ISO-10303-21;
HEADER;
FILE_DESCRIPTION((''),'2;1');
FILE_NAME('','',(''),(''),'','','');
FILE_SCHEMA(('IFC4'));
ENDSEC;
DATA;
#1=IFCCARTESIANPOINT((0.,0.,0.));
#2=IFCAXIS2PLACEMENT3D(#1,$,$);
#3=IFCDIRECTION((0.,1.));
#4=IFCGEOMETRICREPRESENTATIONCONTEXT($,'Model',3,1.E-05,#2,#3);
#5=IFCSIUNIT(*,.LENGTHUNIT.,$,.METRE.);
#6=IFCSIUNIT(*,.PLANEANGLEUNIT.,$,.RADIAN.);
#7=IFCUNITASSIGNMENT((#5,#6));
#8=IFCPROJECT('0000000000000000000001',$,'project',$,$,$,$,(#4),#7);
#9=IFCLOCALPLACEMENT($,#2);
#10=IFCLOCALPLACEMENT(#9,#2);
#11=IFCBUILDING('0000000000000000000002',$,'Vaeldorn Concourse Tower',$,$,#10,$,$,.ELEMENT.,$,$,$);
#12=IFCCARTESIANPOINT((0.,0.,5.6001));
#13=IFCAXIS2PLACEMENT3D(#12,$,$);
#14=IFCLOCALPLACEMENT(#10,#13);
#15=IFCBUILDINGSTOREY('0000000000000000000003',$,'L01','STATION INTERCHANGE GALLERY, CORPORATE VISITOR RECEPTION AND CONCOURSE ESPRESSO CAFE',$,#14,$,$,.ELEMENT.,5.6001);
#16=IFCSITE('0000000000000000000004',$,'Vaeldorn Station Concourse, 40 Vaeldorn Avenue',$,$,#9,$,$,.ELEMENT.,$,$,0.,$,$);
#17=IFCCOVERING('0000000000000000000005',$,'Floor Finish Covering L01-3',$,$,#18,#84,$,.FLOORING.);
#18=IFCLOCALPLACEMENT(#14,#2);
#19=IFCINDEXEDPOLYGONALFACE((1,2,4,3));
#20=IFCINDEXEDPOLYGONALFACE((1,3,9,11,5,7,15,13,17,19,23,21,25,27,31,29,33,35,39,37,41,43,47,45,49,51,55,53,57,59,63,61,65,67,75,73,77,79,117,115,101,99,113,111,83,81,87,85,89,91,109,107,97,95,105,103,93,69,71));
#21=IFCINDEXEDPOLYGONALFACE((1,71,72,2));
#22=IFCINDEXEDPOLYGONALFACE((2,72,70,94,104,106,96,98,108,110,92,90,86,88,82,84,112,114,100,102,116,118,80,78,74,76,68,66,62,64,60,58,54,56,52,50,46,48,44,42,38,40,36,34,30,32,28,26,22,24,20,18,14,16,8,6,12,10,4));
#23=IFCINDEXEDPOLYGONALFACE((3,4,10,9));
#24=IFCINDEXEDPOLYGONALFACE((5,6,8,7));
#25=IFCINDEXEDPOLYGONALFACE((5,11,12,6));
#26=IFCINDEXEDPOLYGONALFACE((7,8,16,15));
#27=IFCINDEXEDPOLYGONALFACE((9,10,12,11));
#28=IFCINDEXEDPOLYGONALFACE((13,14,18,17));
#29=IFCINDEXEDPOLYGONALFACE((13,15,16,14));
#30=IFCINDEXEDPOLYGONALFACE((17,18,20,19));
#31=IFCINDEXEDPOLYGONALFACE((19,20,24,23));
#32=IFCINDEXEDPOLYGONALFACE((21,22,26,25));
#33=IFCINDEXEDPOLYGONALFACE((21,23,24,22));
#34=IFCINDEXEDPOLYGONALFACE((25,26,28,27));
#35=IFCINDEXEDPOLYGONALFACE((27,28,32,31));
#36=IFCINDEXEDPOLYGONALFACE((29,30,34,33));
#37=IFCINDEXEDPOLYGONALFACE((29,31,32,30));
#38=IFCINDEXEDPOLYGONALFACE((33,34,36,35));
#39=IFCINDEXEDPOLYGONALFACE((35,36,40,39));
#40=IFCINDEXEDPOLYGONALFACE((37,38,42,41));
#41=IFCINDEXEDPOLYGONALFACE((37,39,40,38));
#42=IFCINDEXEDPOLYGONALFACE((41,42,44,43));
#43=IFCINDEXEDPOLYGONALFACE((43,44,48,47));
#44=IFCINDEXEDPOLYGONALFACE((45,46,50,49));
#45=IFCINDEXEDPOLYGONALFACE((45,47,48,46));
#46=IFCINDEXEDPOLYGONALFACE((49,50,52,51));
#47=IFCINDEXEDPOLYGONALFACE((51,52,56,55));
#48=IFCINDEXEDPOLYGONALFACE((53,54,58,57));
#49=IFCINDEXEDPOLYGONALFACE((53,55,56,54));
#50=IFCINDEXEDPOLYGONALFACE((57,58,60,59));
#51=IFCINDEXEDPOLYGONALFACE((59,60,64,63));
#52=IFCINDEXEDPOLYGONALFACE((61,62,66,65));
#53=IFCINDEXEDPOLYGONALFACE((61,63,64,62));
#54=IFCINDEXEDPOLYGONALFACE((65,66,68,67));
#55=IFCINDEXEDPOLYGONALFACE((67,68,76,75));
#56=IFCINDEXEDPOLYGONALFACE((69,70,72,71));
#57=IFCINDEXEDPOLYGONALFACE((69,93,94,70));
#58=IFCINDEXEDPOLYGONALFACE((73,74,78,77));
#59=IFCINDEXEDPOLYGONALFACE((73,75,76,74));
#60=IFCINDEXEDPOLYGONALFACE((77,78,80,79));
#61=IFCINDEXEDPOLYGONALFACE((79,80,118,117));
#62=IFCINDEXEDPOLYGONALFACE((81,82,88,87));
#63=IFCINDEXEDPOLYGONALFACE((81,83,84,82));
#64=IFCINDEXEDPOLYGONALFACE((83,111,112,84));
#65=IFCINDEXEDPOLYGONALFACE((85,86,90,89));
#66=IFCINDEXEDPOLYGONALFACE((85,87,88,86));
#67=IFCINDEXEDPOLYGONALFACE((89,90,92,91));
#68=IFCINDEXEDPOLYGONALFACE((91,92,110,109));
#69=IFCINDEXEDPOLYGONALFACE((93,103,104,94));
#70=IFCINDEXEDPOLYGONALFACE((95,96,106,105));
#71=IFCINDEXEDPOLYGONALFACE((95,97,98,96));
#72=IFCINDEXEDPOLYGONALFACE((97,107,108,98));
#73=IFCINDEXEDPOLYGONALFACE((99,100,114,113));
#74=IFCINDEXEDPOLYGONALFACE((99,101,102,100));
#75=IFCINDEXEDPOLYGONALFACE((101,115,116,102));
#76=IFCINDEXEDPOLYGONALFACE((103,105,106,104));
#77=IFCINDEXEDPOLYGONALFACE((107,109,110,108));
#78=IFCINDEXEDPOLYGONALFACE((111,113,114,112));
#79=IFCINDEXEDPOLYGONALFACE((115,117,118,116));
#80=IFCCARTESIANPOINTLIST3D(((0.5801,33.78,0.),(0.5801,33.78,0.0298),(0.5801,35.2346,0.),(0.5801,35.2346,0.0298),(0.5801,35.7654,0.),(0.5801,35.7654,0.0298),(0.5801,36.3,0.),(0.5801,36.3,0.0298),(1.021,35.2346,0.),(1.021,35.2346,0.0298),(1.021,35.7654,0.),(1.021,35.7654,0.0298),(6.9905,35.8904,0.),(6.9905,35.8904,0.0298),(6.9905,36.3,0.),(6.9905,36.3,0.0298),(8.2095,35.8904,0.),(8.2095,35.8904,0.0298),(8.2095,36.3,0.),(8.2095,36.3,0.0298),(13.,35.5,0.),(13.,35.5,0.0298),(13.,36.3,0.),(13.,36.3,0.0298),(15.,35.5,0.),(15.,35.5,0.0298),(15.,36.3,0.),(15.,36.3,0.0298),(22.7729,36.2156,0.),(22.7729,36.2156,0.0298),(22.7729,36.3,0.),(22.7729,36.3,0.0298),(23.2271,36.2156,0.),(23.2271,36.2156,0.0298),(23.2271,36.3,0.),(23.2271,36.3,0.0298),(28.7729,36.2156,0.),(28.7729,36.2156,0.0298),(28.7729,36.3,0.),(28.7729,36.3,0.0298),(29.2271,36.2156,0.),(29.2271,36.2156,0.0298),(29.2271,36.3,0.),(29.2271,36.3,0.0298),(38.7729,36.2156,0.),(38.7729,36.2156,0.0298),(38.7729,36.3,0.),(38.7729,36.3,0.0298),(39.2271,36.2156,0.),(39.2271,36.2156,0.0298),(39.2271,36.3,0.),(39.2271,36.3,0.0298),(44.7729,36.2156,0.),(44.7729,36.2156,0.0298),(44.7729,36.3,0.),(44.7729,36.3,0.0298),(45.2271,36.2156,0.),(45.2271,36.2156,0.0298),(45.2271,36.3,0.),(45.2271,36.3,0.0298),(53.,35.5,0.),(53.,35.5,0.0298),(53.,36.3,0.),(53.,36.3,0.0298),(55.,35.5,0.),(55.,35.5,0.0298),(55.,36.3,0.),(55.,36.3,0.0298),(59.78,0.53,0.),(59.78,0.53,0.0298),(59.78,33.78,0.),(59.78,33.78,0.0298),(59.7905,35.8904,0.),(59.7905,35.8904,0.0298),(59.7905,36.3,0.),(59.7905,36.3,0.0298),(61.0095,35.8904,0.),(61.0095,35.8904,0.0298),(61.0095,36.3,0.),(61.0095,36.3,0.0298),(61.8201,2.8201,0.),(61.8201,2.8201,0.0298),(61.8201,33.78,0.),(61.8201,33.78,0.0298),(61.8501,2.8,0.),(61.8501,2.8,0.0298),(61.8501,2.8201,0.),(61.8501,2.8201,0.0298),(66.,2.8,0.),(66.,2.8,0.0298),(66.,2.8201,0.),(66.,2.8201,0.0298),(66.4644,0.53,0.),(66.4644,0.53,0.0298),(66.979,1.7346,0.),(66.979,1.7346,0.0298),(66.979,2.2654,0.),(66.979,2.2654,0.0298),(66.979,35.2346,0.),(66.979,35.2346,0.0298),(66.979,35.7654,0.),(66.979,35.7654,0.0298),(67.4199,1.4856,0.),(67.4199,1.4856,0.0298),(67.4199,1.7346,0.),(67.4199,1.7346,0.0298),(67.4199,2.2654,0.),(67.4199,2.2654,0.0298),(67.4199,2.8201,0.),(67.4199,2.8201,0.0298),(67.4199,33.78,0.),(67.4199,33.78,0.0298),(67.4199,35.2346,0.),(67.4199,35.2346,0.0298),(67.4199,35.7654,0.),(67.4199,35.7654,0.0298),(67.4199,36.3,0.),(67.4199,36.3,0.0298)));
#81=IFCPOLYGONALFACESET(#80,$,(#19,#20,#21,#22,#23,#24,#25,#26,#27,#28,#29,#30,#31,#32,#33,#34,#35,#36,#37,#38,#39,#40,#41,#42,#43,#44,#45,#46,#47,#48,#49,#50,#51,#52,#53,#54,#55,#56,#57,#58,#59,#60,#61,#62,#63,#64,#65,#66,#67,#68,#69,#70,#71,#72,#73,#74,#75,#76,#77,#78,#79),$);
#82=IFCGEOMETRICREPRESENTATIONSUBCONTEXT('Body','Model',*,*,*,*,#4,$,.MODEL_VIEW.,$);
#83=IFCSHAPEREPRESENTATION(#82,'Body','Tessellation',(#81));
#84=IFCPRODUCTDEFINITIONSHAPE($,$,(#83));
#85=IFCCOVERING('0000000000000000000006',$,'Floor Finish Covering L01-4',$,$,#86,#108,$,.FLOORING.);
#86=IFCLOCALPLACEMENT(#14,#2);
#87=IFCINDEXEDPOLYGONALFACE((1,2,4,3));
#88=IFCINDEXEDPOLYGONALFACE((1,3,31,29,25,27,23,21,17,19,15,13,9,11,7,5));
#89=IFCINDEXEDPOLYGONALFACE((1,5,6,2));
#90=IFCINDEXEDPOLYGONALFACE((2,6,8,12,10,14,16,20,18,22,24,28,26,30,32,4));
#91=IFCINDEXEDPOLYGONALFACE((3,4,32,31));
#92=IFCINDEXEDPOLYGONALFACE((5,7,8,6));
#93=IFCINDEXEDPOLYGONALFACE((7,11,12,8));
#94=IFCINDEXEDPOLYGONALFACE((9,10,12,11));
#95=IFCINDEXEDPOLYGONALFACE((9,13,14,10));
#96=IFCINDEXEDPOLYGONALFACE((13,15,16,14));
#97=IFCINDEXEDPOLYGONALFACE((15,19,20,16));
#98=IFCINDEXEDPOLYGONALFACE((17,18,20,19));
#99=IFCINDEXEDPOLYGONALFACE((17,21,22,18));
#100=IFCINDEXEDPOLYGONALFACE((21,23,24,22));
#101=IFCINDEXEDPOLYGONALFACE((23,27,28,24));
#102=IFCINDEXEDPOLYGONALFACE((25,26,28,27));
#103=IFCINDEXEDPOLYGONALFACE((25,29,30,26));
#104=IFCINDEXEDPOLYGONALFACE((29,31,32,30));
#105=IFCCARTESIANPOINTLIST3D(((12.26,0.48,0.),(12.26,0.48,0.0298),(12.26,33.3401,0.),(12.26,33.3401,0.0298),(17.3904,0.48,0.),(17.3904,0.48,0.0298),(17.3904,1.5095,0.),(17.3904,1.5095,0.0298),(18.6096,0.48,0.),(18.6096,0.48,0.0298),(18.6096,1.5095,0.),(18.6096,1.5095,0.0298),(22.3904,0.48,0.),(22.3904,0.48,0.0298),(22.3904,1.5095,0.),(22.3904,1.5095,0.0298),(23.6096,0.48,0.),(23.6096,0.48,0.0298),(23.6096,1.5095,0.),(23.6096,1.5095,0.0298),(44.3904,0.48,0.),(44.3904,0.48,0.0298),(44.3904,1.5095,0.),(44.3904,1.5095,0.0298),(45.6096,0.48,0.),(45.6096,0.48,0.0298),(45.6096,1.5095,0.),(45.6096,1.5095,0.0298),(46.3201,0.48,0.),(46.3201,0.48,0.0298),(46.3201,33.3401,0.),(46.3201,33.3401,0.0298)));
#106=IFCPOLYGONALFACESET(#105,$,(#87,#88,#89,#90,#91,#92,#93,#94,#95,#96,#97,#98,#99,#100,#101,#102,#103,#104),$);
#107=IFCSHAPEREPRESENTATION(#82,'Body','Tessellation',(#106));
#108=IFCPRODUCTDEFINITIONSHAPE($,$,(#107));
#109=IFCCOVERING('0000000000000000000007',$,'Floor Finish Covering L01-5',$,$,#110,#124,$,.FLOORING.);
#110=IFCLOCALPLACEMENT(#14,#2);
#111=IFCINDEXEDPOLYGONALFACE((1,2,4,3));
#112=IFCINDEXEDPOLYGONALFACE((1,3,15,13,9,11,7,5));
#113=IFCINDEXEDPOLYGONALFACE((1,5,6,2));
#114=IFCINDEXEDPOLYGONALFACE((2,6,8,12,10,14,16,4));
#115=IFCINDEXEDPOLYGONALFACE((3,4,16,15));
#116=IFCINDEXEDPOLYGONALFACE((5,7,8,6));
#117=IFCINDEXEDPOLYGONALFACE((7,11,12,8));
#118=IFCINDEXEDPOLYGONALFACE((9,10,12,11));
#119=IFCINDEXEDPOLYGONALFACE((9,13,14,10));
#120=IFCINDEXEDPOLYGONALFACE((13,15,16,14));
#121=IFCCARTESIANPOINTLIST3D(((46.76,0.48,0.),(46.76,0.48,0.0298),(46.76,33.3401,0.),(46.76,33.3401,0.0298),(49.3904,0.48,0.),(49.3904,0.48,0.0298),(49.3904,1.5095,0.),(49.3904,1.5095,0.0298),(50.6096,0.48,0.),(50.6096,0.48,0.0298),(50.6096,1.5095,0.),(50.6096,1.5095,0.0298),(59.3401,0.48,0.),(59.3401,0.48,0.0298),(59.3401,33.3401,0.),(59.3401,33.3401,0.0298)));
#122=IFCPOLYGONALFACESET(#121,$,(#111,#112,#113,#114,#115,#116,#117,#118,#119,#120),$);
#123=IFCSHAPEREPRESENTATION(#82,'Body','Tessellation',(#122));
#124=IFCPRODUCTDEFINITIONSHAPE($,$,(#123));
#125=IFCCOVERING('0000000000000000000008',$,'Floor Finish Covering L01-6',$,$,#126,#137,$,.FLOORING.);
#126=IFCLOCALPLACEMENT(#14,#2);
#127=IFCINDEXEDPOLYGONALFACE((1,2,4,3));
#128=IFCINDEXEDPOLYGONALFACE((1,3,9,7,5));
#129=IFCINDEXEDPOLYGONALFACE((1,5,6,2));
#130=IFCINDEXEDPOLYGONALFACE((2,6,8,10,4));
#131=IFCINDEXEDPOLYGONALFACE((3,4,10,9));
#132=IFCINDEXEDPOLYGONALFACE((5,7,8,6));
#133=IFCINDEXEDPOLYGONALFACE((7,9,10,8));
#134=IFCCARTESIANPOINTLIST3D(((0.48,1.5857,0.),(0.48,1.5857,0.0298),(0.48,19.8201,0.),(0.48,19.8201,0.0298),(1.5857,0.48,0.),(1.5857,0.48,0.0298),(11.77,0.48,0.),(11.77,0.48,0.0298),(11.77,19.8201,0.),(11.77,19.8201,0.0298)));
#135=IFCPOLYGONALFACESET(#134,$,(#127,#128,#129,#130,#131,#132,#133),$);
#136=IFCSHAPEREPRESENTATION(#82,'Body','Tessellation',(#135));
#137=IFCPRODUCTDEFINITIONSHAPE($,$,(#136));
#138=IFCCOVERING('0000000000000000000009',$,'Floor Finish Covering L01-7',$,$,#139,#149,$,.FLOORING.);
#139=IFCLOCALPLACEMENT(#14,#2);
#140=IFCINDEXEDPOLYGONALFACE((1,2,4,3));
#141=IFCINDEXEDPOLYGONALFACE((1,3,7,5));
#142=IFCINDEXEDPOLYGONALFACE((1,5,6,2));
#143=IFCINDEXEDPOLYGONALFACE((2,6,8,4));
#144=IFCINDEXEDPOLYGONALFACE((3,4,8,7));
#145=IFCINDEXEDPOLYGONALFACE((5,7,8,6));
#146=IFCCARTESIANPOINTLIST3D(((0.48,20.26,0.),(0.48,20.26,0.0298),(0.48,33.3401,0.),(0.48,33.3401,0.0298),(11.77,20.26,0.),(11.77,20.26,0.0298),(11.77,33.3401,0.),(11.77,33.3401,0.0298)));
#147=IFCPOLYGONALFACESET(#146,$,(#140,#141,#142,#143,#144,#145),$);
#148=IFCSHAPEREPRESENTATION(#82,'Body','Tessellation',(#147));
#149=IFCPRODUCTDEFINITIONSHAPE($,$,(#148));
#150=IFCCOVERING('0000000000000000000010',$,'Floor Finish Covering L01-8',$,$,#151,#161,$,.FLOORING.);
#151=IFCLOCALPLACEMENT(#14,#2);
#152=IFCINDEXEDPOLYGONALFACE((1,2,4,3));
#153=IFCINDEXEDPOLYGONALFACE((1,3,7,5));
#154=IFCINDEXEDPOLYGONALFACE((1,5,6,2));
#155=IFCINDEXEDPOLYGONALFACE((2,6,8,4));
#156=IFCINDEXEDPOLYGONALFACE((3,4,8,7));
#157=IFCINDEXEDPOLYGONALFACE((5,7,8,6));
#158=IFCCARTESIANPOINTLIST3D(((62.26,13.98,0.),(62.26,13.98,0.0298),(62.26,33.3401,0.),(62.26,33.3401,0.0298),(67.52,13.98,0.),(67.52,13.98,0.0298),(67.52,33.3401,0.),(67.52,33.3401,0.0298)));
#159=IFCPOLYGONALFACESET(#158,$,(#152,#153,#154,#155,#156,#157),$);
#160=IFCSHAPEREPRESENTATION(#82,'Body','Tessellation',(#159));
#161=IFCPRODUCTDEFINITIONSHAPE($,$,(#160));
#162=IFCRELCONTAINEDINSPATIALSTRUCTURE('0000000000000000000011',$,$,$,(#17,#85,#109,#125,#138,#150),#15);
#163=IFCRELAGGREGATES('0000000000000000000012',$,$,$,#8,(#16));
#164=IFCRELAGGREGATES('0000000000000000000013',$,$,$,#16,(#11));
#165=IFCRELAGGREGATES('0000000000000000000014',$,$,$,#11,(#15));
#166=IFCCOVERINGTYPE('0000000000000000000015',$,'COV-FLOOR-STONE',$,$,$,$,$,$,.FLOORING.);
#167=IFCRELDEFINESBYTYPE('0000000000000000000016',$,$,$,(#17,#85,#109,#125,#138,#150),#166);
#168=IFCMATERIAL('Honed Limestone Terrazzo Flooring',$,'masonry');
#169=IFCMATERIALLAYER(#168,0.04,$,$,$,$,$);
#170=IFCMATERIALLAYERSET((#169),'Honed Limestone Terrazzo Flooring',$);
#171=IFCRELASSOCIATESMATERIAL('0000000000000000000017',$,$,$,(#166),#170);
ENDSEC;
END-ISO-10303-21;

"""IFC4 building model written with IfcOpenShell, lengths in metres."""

from ifc_helpers import new_model, si_unit, direction, frame, origin, place, context, subcontext, project, spatial, polyline, outline, extrude, material, layer, layer_set, type_object, element, save


model = new_model("IFC4")

# Units and contexts
model_context = context("Model", 3, precision=1e-05, world=origin(), true_north=direction((0.0, 1.0)))
body_context = subcontext(model_context, "Body", "Model", "MODEL_VIEW")
ifc_project = project(units=[si_unit("LENGTHUNIT", "METRE"), si_unit("PLANEANGLEUNIT", "RADIAN")], contexts=[model_context])

# Site, building, storey
site_placement = place(None, origin())
site = spatial("IfcSite", under=ifc_project, at=site_placement, Name="Vaeldorn Station Concourse, 40 Vaeldorn Avenue", CompositionType="ELEMENT", RefElevation=0.0)
building_placement = place(site_placement, origin())
building = spatial("IfcBuilding", under=site, at=building_placement, Name="Vaeldorn Concourse Tower", CompositionType="ELEMENT")
storey_placement = place(building_placement, frame((0.0, 0.0, 5.6001)))
storey = spatial("IfcBuildingStorey", under=building, at=storey_placement, Name="L01", Description="STATION INTERCHANGE GALLERY, CORPORATE VISITOR RECEPTION AND CONCOURSE ESPRESSO CAFE", CompositionType="ELEMENT", Elevation=5.6001)

# Coverings
ifc_material_1 = material(Name="Honed Limestone Terrazzo Flooring", Category="masonry")
ifc_layer_1 = layer(ifc_material_1, 0.04)
ifc_layer_set_1 = layer_set([ifc_layer_1], Name="Honed Limestone Terrazzo Flooring")
covering_type_1 = type_object("IfcCoveringType", Name="COV-FLOOR-STONE", PredefinedType="FLOORING", material=ifc_layer_set_1)
covering_1_placement = place(storey_placement, origin())
element("IfcCovering", 1, at=covering_1_placement, inside=storey, type_object=covering_type_1, Name="Floor Finish Covering L01-3", PredefinedType="FLOORING", context=body_context, shape_type="SweptSolid", body=[
    extrude(outline(polyline([(6.9905, 36.3), (6.9905, 35.8904), (8.2095, 35.8904), (8.2095, 36.3), (13.0, 36.3), (13.0, 35.5), (15.0, 35.5), (15.0, 36.3), (22.7729, 36.3), (22.7729, 36.2156), (23.2271, 36.2156), (23.2271, 36.3), (28.7729, 36.3), (28.7729, 36.2156), (29.2271, 36.2156), (29.2271, 36.3), (38.7729, 36.3), (38.7729, 36.2156), (39.2271, 36.2156), (39.2271, 36.3), (44.7729, 36.3), (44.7729, 36.2156), (45.2271, 36.2156), (45.2271, 36.3), (53.0, 36.3), (53.0, 35.5), (55.0, 35.5), (55.0, 36.3), (59.7905, 36.3), (59.7905, 35.8904), (61.0095, 35.8904), (61.0095, 36.3), (67.4199, 36.3), (67.4199, 35.7654), (66.979, 35.7654), (66.979, 35.2346), (67.4199, 35.2346), (67.4199, 33.78), (61.8201, 33.78), (61.8201, 2.8201), (61.8501, 2.8201), (61.8501, 2.8), (66.0, 2.8), (66.0, 2.8201), (67.4199, 2.8201), (67.4199, 2.2654), (66.979, 2.2654), (66.979, 1.7346), (67.4199, 1.7346), (67.4199, 1.4856), (66.4644, 0.53), (59.78, 0.53), (59.78, 33.78), (0.5801, 33.78), (0.5801, 35.2346), (1.021, 35.2346), (1.021, 35.7654), (0.5801, 35.7654), (0.5801, 36.3), (6.9905, 36.3)])), origin(), (0.0, 0.0, 1.0), 0.0298),
])
covering_2_placement = place(storey_placement, origin())
element("IfcCovering", 2, at=covering_2_placement, inside=storey, type_object=covering_type_1, Name="Floor Finish Covering L01-4", PredefinedType="FLOORING", context=body_context, shape_type="SweptSolid", body=[
    extrude(outline(polyline([(46.3201, 33.3401), (46.3201, 0.48), (45.6096, 0.48), (45.6096, 1.5095), (44.3904, 1.5095), (44.3904, 0.48), (23.6096, 0.48), (23.6096, 1.5095), (22.3904, 1.5095), (22.3904, 0.48), (18.6096, 0.48), (18.6096, 1.5095), (17.3904, 1.5095), (17.3904, 0.48), (12.26, 0.48), (12.26, 33.3401), (46.3201, 33.3401)])), origin(), (0.0, 0.0, 1.0), 0.0298),
])
covering_3_placement = place(storey_placement, origin())
element("IfcCovering", 3, at=covering_3_placement, inside=storey, type_object=covering_type_1, Name="Floor Finish Covering L01-5", PredefinedType="FLOORING", context=body_context, shape_type="SweptSolid", body=[
    extrude(outline(polyline([(46.76, 33.3401), (59.3401, 33.3401), (59.3401, 0.48), (50.6096, 0.48), (50.6096, 1.5095), (49.3904, 1.5095), (49.3904, 0.48), (46.76, 0.48), (46.76, 33.3401)])), origin(), (0.0, 0.0, 1.0), 0.0298),
])
covering_4_placement = place(storey_placement, origin())
element("IfcCovering", 4, at=covering_4_placement, inside=storey, type_object=covering_type_1, Name="Floor Finish Covering L01-6", PredefinedType="FLOORING", context=body_context, shape_type="SweptSolid", body=[
    extrude(outline(polyline([(0.48, 19.8201), (11.77, 19.8201), (11.77, 0.48), (1.5857, 0.48), (0.48, 1.5857), (0.48, 19.8201)])), origin(), (0.0, 0.0, 1.0), 0.0298),
])
covering_5_placement = place(storey_placement, origin())
element("IfcCovering", 5, at=covering_5_placement, inside=storey, type_object=covering_type_1, Name="Floor Finish Covering L01-7", PredefinedType="FLOORING", context=body_context, shape_type="SweptSolid", body=[
    extrude(outline(polyline([(0.48, 33.3401), (11.77, 33.3401), (11.77, 20.26), (0.48, 20.26), (0.48, 33.3401)])), origin(), (0.0, 0.0, 1.0), 0.0298),
])
covering_6_placement = place(storey_placement, origin())
element("IfcCovering", 6, at=covering_6_placement, inside=storey, type_object=covering_type_1, Name="Floor Finish Covering L01-8", PredefinedType="FLOORING", context=body_context, shape_type="SweptSolid", body=[
    extrude(outline(polyline([(62.26, 33.3401), (67.52, 33.3401), (67.52, 13.98), (62.26, 13.98), (62.26, 33.3401)])), origin(), (0.0, 0.0, 1.0), 0.0298),
])

save(model, "model.ifc")
